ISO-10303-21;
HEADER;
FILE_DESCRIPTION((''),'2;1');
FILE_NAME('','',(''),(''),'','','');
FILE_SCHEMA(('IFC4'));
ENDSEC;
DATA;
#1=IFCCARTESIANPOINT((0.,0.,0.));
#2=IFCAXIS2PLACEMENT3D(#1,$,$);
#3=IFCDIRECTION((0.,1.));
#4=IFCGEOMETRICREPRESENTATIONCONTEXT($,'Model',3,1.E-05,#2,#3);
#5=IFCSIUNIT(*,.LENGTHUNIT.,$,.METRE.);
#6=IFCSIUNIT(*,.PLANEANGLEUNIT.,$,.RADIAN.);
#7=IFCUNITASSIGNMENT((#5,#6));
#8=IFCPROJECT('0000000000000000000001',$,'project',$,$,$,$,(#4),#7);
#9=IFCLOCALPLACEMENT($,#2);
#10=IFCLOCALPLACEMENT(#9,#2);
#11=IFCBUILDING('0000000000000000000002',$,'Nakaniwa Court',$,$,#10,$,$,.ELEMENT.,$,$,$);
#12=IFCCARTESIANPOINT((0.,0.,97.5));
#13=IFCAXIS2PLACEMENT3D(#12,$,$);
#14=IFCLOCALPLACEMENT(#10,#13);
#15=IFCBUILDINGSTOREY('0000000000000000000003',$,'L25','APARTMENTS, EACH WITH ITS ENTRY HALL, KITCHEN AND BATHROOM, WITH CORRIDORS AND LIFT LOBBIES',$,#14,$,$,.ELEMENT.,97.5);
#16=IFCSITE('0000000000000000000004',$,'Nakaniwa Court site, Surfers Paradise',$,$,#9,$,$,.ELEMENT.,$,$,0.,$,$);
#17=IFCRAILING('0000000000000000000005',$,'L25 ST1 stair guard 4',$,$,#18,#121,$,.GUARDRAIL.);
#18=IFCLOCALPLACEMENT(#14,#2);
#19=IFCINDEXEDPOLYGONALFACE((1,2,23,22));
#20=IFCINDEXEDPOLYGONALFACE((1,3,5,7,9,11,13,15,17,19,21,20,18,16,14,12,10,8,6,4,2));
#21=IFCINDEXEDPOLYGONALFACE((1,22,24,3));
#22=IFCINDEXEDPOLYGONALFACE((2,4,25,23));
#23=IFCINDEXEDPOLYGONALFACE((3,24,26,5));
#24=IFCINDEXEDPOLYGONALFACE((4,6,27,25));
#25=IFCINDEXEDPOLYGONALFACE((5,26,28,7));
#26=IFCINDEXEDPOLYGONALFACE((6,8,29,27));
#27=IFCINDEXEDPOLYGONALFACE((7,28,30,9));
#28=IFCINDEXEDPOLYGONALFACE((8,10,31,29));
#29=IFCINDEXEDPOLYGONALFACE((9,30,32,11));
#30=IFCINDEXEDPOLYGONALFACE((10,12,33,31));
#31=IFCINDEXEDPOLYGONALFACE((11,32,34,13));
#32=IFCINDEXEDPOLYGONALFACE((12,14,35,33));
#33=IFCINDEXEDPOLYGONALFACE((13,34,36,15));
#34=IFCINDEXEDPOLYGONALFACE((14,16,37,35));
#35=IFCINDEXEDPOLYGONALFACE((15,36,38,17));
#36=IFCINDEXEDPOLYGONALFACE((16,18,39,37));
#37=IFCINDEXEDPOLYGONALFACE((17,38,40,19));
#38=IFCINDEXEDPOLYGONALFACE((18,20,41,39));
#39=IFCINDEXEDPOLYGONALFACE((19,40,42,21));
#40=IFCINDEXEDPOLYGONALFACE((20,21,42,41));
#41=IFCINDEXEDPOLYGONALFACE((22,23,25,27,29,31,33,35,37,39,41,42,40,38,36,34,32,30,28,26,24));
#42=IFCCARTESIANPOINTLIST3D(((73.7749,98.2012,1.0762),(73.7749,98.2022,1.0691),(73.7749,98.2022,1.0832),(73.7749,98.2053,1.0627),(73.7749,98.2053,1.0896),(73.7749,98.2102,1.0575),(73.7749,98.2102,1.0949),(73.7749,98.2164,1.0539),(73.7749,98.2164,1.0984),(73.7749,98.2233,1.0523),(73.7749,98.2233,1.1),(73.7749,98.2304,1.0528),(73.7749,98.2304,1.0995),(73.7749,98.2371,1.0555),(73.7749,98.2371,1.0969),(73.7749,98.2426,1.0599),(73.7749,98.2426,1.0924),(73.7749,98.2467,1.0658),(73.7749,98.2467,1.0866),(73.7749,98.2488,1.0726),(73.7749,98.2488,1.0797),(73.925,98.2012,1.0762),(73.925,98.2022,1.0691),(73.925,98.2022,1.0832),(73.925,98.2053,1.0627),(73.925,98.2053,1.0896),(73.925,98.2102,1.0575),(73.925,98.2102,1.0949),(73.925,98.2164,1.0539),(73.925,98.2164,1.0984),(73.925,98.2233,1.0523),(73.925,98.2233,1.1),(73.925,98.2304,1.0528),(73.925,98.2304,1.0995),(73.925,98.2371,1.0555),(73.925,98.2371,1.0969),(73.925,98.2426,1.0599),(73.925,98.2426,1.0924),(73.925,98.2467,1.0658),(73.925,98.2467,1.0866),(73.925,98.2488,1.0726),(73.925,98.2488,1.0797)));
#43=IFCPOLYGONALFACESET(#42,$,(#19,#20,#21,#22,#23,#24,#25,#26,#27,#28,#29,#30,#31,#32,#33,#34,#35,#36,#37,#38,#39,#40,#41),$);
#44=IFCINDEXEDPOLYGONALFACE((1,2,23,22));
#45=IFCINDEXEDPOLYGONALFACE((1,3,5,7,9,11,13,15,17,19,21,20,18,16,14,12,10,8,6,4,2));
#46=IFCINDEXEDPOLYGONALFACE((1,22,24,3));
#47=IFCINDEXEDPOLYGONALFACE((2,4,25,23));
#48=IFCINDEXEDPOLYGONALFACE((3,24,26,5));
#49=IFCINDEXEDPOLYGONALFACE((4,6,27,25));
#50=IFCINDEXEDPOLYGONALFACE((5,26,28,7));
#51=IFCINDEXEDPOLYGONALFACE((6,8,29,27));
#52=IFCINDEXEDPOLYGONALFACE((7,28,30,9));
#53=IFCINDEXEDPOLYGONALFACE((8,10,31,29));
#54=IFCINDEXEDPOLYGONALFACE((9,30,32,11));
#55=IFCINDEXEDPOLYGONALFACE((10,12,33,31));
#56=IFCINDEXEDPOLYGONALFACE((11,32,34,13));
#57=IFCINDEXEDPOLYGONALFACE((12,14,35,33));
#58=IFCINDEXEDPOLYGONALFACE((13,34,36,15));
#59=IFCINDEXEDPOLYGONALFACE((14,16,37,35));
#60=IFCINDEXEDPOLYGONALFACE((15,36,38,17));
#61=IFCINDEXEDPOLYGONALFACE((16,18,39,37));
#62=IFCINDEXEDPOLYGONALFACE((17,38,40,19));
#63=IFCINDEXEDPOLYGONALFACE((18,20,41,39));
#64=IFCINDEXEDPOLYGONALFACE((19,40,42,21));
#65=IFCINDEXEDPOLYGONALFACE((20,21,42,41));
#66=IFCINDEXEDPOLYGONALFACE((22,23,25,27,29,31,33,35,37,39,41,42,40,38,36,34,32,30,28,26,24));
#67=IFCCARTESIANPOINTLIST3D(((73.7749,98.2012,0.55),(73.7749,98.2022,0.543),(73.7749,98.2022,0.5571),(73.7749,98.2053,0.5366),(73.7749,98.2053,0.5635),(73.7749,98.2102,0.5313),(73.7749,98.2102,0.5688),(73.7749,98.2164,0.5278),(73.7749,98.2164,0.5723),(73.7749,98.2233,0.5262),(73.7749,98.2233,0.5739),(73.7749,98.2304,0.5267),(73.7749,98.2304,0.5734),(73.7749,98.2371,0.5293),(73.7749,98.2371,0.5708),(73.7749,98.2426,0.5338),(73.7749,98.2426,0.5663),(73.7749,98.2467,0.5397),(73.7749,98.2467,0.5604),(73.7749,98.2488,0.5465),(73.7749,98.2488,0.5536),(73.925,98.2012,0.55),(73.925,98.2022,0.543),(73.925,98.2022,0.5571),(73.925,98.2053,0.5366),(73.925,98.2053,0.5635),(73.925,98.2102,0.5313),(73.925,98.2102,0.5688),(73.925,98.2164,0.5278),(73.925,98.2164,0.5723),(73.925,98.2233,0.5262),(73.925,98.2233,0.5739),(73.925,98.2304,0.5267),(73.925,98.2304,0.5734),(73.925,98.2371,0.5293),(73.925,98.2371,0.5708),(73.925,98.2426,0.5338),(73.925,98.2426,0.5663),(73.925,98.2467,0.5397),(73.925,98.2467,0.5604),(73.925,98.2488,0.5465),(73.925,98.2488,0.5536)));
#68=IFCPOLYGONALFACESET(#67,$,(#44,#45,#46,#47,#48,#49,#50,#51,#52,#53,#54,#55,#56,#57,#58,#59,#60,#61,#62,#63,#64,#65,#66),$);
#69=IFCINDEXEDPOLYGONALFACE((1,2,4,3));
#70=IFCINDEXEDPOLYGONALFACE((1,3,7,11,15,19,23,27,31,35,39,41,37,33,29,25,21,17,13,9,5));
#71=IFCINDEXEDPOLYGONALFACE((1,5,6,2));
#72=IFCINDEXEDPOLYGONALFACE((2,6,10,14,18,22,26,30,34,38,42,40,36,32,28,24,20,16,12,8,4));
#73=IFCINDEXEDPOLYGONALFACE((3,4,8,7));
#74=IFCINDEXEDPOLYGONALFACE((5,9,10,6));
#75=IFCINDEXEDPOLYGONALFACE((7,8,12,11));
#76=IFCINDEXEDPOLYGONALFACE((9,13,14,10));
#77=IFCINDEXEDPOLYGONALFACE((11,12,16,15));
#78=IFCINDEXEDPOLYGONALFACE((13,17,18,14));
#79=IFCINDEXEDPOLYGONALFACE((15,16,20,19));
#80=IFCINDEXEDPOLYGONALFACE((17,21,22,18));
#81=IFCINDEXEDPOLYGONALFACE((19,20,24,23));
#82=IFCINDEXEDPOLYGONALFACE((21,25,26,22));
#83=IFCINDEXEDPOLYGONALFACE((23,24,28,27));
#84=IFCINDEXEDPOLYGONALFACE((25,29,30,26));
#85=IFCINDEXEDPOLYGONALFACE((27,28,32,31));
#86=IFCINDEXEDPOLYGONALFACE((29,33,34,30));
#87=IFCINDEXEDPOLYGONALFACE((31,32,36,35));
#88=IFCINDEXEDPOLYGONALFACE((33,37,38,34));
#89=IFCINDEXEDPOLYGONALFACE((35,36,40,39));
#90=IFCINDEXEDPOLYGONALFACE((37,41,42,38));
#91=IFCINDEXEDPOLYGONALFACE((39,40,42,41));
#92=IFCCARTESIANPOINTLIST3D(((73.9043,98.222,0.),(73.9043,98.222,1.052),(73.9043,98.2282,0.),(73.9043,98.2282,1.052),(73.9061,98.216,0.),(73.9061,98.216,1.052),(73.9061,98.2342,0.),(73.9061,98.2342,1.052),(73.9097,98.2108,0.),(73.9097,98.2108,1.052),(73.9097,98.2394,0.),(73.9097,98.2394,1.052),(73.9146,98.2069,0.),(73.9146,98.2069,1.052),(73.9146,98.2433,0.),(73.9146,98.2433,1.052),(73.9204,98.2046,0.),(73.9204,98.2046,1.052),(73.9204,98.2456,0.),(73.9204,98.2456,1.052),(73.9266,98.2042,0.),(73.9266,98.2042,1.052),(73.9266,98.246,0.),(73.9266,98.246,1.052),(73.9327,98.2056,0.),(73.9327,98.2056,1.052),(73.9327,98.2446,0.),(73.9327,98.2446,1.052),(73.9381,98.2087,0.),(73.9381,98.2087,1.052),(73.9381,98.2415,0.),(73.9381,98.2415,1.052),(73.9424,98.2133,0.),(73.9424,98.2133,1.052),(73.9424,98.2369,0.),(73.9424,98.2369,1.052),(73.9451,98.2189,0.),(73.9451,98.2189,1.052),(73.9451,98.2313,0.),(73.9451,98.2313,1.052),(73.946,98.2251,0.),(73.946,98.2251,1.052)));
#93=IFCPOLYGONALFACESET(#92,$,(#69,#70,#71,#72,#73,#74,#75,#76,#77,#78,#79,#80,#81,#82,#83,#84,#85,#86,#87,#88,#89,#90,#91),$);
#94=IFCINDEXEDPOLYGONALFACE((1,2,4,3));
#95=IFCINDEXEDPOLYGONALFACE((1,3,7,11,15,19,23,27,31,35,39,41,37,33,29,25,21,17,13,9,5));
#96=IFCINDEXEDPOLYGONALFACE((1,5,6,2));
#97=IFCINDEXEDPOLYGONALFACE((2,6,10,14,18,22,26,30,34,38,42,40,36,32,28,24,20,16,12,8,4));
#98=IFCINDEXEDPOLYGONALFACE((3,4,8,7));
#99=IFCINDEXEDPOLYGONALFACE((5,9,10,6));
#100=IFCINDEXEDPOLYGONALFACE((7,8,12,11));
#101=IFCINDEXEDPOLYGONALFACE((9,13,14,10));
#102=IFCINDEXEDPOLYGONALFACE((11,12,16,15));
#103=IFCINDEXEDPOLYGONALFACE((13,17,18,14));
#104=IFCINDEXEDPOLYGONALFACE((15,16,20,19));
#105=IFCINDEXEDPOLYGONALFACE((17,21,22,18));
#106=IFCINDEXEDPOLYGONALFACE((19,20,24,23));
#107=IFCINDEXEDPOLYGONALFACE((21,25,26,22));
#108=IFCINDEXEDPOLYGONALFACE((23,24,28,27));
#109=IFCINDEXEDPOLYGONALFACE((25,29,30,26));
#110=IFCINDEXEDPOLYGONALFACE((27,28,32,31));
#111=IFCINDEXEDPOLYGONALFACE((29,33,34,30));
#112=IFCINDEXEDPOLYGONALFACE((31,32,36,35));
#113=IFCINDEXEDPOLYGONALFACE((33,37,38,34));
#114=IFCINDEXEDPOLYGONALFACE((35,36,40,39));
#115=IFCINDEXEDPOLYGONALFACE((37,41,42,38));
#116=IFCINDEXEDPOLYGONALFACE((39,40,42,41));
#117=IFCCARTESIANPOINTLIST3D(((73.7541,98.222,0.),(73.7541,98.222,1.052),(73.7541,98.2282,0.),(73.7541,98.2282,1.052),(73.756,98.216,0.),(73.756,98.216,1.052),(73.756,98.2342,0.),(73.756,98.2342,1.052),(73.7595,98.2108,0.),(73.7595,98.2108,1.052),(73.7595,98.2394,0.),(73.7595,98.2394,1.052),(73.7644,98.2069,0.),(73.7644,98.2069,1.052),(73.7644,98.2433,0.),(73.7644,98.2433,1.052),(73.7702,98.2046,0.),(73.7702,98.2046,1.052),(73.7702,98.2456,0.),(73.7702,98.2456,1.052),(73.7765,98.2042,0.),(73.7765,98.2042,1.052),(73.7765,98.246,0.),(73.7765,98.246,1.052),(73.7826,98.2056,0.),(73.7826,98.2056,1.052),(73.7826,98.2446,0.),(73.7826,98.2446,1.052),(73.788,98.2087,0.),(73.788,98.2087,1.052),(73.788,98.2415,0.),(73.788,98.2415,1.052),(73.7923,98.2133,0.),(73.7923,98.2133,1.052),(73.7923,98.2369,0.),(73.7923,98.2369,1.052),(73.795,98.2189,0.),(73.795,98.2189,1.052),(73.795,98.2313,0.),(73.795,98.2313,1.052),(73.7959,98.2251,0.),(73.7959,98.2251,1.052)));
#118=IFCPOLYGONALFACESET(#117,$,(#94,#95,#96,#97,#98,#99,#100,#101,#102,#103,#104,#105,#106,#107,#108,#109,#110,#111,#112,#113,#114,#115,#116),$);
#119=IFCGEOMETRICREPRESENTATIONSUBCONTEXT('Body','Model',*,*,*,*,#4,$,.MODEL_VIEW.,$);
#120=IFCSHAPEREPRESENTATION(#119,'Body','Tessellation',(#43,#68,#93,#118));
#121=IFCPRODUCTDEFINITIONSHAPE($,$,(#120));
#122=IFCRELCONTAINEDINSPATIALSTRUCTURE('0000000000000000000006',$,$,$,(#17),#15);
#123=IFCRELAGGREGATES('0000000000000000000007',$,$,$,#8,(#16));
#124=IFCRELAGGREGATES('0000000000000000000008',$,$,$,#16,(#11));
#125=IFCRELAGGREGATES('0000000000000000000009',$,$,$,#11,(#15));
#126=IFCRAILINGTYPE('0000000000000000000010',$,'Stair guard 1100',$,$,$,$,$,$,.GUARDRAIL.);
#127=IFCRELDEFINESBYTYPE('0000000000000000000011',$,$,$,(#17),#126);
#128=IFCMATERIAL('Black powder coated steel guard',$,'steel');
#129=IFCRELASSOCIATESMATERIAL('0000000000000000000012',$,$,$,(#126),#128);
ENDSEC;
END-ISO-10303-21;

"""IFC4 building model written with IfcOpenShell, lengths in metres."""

from ifc_helpers import new_model, si_unit, direction, frame, origin, origin_2d, place, context, subcontext, project, spatial, circle, extrude, material, type_object, element, save


model = new_model("IFC4")

# Units and contexts
model_context = context("Model", 3, precision=1e-05, world=origin(), true_north=direction((0.0, 1.0)))
body_context = subcontext(model_context, "Body", "Model", "MODEL_VIEW")
ifc_project = project(units=[si_unit("LENGTHUNIT", "METRE"), si_unit("PLANEANGLEUNIT", "RADIAN")], contexts=[model_context])

# Site, building, storey
site_placement = place(None, origin())
site = spatial("IfcSite", under=ifc_project, at=site_placement, Name="Nakaniwa Court site, Surfers Paradise", CompositionType="ELEMENT", RefElevation=0.0)
building_placement = place(site_placement, origin())
building = spatial("IfcBuilding", under=site, at=building_placement, Name="Nakaniwa Court", CompositionType="ELEMENT")
storey_placement = place(building_placement, frame((0.0, 0.0, 97.5)))
storey = spatial("IfcBuildingStorey", under=building, at=storey_placement, Name="L25", Description="APARTMENTS, EACH WITH ITS ENTRY HALL, KITCHEN AND BATHROOM, WITH CORRIDORS AND LIFT LOBBIES", CompositionType="ELEMENT", Elevation=97.5)

# Railing
ifc_material_1 = material(Name="Black powder coated steel guard", Category="steel")
railing_type_1 = type_object("IfcRailingType", Name="Stair guard 1100", PredefinedType="GUARDRAIL", material=ifc_material_1)
railing_1_placement = place(storey_placement, frame((73.925, 98.2251, 0.0)))
element("IfcRailing", 1, at=railing_1_placement, inside=storey, type_object=railing_type_1, Name="L25 ST1 stair guard 4", PredefinedType="GUARDRAIL", context=body_context, shape_type="SweptSolid", body=[
    extrude(circle(Radius=0.0239, at=origin_2d()), frame((0.0, 0.0, 1.0762), z_axis=(-1.0, 0.0, 0.0), x_axis=(0.0, -1.0, 0.0)), (0.0, 0.0, 1.0), 0.1501),
    extrude(circle(Radius=0.0239, at=origin_2d()), frame((0.0, 0.0, 0.55), z_axis=(-1.0, 0.0, 0.0), x_axis=(0.0, -1.0, 0.0)), (0.0, 0.0, 1.0), 0.1501),
    extrude(circle(Radius=0.021, at=origin_2d()), origin(), (0.0, 0.0, 1.0), 1.052),
    extrude(circle(Radius=0.021, at=origin_2d()), frame((-0.1501, 0.0, 0.0)), (0.0, 0.0, 1.0), 1.052),
])

save(model, "model.ifc")
